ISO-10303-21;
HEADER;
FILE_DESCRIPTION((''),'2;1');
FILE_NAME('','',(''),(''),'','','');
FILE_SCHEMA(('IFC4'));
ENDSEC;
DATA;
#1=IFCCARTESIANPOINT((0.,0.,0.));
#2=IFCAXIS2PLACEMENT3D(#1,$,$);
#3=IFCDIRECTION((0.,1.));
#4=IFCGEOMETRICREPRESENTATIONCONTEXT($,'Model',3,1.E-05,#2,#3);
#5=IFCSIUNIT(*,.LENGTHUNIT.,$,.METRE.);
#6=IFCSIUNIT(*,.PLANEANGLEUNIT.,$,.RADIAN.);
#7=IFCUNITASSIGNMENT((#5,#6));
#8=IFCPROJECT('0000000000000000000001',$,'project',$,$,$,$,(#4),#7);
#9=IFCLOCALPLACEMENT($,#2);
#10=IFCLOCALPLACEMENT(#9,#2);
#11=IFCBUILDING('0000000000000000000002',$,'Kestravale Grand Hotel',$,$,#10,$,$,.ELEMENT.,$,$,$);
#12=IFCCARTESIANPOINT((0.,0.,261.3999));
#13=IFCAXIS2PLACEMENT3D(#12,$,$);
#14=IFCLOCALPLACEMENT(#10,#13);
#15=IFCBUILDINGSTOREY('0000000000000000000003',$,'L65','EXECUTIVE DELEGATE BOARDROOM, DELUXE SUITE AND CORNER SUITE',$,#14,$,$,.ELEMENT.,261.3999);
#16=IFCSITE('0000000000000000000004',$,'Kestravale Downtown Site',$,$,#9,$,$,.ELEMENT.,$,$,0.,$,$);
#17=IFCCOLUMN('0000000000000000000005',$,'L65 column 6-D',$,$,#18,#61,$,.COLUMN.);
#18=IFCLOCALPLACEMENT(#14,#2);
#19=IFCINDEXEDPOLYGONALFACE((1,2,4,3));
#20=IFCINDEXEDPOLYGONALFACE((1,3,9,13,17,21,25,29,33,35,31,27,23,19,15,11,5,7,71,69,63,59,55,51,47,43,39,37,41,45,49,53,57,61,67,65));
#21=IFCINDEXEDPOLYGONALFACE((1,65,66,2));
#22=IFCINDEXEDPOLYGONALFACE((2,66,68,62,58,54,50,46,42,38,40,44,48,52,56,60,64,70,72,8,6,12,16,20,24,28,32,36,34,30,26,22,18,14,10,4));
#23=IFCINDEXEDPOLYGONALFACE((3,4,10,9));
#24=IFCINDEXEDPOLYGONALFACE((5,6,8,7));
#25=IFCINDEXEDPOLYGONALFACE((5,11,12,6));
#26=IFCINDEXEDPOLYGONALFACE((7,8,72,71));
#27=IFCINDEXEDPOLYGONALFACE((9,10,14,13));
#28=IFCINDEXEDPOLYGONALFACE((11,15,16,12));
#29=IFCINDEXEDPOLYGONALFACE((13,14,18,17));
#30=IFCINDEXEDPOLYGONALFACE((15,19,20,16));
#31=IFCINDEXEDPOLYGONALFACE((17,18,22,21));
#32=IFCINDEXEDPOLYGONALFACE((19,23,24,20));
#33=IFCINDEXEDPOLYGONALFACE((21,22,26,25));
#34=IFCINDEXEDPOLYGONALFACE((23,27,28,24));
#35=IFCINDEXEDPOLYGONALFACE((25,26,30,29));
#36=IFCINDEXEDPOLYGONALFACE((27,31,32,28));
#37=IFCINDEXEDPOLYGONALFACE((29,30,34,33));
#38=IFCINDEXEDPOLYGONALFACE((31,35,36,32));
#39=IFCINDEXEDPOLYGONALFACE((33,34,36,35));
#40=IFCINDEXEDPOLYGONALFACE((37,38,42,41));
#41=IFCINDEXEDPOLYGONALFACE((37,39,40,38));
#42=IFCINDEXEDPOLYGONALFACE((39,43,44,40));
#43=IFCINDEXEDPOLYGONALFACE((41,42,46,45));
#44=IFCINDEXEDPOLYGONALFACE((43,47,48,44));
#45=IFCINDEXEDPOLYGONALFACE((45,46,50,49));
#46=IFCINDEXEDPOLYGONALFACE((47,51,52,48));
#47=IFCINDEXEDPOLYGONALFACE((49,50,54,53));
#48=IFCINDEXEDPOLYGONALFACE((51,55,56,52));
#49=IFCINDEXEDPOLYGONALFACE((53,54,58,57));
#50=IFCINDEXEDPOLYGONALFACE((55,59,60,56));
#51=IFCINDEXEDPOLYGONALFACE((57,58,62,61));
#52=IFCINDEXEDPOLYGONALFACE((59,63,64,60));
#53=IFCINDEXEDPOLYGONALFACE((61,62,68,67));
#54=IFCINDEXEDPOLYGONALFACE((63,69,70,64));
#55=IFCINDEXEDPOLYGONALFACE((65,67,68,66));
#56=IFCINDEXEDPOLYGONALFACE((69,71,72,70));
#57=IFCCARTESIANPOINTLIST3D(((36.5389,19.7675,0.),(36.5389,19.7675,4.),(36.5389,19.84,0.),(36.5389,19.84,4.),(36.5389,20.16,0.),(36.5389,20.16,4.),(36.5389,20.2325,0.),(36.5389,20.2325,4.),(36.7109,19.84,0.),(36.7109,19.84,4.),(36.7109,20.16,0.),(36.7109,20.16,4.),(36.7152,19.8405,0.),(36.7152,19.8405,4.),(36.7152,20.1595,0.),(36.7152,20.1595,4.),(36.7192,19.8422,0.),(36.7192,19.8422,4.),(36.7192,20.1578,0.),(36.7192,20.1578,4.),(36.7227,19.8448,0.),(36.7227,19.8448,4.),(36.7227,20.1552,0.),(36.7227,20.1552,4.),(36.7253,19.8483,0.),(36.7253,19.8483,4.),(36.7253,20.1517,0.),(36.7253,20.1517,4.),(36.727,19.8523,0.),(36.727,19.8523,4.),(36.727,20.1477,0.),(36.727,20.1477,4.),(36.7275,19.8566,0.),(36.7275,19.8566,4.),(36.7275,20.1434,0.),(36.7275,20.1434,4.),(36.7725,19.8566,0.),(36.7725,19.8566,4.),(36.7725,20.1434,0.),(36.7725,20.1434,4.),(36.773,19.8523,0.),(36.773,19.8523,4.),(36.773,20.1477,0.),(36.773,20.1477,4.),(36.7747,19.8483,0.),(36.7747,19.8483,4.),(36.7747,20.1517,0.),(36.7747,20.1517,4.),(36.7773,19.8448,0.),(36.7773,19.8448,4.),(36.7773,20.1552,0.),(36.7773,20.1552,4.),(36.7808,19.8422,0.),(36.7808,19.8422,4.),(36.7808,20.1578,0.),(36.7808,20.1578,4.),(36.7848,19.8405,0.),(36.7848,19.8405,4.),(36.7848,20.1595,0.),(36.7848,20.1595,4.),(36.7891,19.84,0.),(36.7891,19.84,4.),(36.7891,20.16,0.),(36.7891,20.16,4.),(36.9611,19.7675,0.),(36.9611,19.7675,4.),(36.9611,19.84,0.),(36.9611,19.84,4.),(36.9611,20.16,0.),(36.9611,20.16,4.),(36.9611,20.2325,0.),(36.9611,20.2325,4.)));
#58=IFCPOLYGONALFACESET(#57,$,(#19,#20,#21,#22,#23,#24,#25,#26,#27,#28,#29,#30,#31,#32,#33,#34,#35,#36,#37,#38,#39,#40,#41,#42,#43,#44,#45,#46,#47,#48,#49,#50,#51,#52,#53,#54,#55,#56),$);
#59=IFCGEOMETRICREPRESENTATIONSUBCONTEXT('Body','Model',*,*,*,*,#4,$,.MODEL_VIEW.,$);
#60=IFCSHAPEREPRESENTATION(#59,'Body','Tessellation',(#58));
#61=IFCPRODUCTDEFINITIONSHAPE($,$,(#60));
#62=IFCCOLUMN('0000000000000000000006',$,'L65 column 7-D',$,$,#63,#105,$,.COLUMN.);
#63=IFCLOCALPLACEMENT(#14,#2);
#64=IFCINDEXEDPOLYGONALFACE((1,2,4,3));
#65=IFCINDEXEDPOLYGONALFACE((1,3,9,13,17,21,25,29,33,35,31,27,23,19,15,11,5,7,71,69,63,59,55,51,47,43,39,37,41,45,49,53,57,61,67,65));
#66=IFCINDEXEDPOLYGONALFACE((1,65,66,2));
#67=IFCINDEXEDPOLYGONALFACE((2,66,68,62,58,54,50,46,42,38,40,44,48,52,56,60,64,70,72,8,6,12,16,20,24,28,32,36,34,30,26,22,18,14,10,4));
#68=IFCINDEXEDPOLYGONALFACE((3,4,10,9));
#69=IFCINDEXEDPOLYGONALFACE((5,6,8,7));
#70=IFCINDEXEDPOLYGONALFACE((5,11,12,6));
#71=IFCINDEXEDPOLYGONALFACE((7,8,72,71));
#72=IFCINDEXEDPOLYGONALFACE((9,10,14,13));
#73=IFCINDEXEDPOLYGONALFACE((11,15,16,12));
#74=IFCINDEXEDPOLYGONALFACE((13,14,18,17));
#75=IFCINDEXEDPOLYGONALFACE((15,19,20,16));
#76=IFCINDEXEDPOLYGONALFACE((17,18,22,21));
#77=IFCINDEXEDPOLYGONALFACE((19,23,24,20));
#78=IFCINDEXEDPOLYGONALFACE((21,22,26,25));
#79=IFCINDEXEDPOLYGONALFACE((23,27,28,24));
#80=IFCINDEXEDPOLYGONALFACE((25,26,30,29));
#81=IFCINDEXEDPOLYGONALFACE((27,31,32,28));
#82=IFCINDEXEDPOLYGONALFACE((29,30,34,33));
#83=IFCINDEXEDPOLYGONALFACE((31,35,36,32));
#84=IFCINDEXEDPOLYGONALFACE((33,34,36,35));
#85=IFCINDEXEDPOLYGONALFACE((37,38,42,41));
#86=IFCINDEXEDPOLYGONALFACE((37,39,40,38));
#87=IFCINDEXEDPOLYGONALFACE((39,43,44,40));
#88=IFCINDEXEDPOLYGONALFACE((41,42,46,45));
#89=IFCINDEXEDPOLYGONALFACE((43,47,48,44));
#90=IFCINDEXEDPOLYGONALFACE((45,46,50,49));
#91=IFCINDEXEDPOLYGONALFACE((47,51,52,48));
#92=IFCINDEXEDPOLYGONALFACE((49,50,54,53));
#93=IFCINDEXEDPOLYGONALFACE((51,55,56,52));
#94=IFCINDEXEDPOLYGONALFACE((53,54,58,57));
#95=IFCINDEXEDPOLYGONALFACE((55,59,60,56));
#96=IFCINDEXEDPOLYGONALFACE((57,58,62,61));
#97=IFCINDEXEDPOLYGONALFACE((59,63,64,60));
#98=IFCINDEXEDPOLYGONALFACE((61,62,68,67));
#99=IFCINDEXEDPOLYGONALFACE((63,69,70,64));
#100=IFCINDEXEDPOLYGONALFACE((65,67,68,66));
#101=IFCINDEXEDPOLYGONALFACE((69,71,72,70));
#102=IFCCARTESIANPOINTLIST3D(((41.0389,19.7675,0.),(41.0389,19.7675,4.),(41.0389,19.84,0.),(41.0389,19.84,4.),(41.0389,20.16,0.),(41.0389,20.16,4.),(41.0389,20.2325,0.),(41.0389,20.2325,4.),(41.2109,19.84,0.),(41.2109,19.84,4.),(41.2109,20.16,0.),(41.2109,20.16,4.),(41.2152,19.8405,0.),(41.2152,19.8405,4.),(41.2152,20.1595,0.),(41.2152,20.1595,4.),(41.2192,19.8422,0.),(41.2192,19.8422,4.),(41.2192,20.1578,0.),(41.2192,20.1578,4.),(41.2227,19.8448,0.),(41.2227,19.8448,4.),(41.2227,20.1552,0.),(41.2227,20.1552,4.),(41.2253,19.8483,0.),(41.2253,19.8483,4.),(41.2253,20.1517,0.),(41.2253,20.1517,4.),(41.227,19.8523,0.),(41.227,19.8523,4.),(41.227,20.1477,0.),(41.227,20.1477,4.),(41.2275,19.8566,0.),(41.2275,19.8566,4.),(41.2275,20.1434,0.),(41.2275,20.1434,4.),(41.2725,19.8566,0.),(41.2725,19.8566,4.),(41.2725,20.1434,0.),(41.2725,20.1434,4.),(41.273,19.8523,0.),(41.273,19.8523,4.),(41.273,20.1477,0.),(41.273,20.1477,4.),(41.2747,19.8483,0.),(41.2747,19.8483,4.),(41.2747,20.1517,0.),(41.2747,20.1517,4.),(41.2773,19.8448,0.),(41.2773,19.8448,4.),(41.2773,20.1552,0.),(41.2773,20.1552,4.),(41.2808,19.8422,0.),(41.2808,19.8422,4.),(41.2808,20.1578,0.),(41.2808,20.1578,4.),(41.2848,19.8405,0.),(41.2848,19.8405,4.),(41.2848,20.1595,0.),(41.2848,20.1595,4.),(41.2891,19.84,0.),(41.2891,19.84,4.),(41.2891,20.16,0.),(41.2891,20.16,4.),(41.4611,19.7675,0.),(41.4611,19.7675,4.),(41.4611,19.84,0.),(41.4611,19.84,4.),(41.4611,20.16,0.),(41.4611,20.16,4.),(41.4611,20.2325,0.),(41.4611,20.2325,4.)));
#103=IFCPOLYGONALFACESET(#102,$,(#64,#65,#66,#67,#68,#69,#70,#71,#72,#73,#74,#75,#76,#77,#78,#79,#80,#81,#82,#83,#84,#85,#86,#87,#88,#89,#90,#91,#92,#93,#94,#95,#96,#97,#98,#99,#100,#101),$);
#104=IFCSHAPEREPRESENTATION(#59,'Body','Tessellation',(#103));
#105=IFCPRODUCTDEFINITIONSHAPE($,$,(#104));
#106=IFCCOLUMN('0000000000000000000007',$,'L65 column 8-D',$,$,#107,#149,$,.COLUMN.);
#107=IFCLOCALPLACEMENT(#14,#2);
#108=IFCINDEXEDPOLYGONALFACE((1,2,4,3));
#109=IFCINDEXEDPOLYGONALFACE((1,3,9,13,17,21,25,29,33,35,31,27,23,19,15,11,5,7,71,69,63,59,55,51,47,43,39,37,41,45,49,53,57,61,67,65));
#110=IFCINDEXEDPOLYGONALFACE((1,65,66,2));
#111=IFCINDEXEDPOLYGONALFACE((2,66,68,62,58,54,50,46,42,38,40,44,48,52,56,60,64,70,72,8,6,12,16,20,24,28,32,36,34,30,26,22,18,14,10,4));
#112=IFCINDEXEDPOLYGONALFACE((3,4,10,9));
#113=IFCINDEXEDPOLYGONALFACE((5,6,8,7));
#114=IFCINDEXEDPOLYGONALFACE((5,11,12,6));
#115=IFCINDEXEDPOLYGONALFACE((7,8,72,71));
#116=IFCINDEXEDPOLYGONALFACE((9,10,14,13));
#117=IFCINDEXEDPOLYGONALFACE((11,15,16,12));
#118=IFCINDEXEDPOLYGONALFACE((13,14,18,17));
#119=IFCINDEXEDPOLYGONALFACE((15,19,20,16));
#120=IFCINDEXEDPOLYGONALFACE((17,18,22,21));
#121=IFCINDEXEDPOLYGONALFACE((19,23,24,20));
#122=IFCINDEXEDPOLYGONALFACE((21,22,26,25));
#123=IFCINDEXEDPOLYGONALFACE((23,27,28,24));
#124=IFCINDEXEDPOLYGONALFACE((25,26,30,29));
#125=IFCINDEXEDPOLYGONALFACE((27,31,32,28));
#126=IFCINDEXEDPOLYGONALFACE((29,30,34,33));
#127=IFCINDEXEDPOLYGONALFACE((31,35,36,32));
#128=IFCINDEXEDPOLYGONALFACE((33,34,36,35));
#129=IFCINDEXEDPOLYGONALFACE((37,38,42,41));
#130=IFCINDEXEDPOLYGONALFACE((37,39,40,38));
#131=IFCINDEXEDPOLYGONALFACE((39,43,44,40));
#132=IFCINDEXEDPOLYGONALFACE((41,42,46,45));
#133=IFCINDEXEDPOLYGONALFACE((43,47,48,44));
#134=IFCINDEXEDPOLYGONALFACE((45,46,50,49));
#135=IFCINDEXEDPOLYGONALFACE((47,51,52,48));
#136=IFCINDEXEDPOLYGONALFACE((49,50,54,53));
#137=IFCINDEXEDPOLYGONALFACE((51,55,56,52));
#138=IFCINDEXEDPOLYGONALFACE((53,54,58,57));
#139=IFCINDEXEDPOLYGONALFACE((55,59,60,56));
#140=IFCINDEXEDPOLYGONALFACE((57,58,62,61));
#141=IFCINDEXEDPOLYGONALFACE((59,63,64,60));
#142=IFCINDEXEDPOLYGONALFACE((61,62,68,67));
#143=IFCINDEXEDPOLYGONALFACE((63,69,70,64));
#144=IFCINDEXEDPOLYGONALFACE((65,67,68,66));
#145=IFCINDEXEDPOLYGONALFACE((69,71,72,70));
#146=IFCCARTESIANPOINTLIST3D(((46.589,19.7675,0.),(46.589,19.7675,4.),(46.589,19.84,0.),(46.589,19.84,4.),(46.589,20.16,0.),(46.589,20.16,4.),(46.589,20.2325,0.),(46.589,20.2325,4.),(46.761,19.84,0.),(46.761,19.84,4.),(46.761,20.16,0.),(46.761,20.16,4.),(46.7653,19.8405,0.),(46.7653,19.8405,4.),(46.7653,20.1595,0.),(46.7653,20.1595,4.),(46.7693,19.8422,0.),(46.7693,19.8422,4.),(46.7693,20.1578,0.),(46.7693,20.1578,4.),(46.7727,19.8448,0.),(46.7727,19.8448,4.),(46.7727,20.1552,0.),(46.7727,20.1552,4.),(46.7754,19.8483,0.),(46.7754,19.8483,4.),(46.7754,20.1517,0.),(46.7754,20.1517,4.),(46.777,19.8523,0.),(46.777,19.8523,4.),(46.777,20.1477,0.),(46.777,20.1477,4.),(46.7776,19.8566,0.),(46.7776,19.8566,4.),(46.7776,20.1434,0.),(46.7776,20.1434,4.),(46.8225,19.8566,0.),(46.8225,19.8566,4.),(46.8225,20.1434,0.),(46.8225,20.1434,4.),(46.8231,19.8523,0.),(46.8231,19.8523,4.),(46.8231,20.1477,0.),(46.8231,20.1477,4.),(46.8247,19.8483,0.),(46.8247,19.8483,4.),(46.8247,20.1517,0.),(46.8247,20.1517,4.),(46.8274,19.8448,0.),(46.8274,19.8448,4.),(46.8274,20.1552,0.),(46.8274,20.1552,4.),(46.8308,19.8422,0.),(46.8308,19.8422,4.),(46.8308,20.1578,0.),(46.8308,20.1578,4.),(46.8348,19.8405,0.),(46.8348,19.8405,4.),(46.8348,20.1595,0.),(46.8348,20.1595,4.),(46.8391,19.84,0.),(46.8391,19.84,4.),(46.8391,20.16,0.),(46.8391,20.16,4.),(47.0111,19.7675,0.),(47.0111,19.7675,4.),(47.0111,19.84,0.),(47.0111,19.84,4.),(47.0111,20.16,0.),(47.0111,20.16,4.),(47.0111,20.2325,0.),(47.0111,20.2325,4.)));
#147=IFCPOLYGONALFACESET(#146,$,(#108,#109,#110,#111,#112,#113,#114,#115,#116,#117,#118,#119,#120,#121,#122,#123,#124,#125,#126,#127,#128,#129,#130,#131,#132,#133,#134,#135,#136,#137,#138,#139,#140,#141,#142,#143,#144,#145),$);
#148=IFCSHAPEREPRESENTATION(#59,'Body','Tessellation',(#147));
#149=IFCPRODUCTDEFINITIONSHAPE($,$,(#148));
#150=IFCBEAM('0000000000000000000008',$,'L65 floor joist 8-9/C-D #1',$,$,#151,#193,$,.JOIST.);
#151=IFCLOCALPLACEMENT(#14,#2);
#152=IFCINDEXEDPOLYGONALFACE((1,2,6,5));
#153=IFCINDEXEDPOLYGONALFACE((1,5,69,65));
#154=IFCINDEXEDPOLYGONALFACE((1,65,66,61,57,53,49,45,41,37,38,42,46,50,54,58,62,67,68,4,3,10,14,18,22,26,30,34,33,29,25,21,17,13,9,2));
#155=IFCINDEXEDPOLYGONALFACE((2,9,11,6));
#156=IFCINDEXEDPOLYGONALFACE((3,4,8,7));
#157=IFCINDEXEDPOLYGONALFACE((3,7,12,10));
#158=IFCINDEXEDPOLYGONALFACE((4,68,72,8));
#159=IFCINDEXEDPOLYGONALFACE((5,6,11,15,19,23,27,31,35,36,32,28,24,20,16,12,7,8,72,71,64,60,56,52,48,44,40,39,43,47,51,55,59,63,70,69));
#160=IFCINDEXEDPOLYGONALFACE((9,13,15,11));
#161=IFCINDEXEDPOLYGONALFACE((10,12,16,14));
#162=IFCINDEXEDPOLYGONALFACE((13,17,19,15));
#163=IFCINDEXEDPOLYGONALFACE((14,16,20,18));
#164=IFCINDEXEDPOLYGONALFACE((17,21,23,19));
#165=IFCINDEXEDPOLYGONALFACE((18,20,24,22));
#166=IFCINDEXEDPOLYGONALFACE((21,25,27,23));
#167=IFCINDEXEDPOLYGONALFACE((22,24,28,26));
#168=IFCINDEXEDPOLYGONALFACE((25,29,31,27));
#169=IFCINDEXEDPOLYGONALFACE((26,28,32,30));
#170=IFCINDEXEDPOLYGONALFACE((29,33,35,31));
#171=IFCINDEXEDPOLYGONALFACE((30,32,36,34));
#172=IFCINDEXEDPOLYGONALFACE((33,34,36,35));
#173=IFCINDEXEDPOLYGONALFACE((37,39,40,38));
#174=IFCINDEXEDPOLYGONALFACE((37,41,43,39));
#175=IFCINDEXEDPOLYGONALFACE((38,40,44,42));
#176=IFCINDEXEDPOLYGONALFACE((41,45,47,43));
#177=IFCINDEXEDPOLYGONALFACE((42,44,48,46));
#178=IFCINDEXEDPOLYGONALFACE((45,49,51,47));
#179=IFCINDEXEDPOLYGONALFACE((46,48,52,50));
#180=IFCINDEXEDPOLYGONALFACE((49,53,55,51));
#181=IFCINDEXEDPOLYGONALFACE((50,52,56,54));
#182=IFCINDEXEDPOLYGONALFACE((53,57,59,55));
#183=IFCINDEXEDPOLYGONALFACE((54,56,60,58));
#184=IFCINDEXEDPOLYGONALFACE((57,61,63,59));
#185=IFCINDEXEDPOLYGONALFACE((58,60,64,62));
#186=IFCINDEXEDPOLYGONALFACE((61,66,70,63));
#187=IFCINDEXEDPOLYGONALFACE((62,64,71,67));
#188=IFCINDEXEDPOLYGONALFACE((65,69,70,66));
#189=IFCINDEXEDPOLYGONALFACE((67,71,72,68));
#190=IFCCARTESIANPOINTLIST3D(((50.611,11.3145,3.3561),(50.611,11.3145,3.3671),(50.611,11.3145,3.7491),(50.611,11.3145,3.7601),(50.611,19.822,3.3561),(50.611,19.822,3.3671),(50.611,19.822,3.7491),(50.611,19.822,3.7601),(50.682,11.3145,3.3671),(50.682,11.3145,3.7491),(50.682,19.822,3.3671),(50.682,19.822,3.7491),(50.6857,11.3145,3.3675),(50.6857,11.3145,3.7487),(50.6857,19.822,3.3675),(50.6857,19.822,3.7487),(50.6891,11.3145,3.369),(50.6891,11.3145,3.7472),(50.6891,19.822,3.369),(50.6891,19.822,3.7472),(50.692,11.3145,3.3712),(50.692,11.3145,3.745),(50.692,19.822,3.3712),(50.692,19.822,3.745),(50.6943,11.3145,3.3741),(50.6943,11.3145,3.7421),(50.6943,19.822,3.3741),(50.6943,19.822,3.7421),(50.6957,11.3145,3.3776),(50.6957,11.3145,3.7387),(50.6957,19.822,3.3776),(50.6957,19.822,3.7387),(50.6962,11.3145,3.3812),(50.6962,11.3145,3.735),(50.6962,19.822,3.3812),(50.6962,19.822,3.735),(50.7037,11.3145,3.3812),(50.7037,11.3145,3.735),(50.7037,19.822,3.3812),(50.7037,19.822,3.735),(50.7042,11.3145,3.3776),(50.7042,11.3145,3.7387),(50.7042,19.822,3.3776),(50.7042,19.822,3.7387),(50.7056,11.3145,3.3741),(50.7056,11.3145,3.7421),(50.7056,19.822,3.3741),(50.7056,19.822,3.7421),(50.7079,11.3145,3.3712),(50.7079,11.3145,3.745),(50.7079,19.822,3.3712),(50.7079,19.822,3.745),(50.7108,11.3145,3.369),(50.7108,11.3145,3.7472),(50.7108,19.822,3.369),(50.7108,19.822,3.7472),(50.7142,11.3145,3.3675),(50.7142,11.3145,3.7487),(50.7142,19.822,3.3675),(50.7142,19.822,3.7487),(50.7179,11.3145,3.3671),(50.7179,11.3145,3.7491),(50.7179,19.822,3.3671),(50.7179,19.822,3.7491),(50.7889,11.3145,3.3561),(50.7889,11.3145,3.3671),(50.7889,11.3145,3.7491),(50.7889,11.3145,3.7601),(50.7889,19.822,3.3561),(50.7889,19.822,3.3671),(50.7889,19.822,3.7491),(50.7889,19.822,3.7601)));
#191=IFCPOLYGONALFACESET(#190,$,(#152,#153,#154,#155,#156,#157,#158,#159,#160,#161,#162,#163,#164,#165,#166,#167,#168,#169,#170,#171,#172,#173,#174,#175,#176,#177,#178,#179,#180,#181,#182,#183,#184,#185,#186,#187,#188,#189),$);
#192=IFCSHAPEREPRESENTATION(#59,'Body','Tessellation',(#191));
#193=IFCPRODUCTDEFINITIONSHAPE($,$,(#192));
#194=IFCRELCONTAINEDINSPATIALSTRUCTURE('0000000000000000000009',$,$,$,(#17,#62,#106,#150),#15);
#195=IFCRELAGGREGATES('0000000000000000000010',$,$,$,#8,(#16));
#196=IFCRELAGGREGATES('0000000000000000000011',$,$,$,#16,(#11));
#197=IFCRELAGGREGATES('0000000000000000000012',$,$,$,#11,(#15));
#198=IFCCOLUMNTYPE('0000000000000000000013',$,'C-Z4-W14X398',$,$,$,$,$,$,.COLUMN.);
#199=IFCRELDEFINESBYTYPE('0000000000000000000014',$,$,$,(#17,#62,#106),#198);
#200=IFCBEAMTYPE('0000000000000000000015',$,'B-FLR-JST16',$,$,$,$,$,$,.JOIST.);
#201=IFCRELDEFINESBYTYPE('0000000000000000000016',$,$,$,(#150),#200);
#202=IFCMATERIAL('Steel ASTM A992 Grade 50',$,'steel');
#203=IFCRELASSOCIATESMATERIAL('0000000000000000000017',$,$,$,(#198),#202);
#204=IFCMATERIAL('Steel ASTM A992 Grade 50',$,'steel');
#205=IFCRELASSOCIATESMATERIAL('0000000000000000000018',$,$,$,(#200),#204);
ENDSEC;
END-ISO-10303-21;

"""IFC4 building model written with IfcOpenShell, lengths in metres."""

from ifc_helpers import new_model, si_unit, direction, frame, origin, origin_2d, place, context, subcontext, project, spatial, i_section, extrude, material, material_profile, profile_set, type_object, element, save


model = new_model("IFC4")

# Units and contexts
model_context = context("Model", 3, precision=1e-05, world=origin(), true_north=direction((0.0, 1.0)))
body_context = subcontext(model_context, "Body", "Model", "MODEL_VIEW")
ifc_project = project(units=[si_unit("LENGTHUNIT", "METRE"), si_unit("PLANEANGLEUNIT", "RADIAN")], contexts=[model_context])

# Site, building, storey
site_placement = place(None, origin())
site = spatial("IfcSite", under=ifc_project, at=site_placement, Name="Kestravale Downtown Site", CompositionType="ELEMENT", RefElevation=0.0)
building_placement = place(site_placement, origin())
building = spatial("IfcBuilding", under=site, at=building_placement, Name="Kestravale Grand Hotel", CompositionType="ELEMENT")
storey_placement = place(building_placement, frame((0.0, 0.0, 261.3999)))
storey = spatial("IfcBuildingStorey", under=building, at=storey_placement, Name="L65", Description="EXECUTIVE DELEGATE BOARDROOM, DELUXE SUITE AND CORNER SUITE", CompositionType="ELEMENT", Elevation=261.3999)

# Columns
ifc_material_1 = material(Name="Steel ASTM A992 Grade 50", Category="steel")
ifc_material_profile_1 = material_profile(ifc_material_1, i_section(OverallWidth=0.4221, OverallDepth=0.4651, WebThickness=0.0449, FlangeThickness=0.0725, FilletRadius=0.0166, at=origin_2d()))
ifc_profile_set_1 = profile_set([ifc_material_profile_1], Name="Steel ASTM A992 Grade 50")
column_type = type_object("IfcColumnType", Name="C-Z4-W14X398", PredefinedType="COLUMN", material=ifc_profile_set_1)
for number, where, z_axis, x_axis, name in (
    (1, (36.75, 20.0, 0.0), (0.0, 0.0, 1.0), (1.0, 0.0, 0.0), "L65 column 6-D"),
    (2, (41.25, 20.0, 0.0), (0.0, 0.0, 1.0), (1.0, 0.0, 0.0), "L65 column 7-D"),
    (3, (46.8, 20.0, 0.0), (0.0, 0.0, 1.0), (1.0, 0.0, 0.0), "L65 column 8-D"),
):
    element("IfcColumn", number, at=place(storey_placement, frame(where, z_axis=z_axis, x_axis=x_axis)), inside=storey, type_object=column_type, Name=name, PredefinedType="COLUMN", context=body_context, shape_type="SweptSolid", body=[
        extrude(i_section(OverallWidth=0.4221, OverallDepth=0.4651, WebThickness=0.0449, FlangeThickness=0.0725, FilletRadius=0.0166, at=origin_2d()), origin(), (0.0, 0.0, 1.0), 4.0),
    ])

# Beam
ifc_material_2 = material(Name="Steel ASTM A992 Grade 50", Category="steel")
ifc_material_profile_2 = material_profile(ifc_material_2, i_section(OverallWidth=0.178, OverallDepth=0.4041, WebThickness=0.0076, FlangeThickness=0.011, FilletRadius=0.0142, at=origin_2d()))
ifc_profile_set_2 = profile_set([ifc_material_profile_2], Name="Steel ASTM A992 Grade 50")
beam_type_1 = type_object("IfcBeamType", Name="B-FLR-JST16", PredefinedType="JOIST", material=ifc_profile_set_2)
beam_1_placement = place(storey_placement, frame((50.7, 11.3145, 3.5581), z_axis=(0.0, 1.0, 0.0), x_axis=(-1.0, 0.0, 0.0)))
element("IfcBeam", 4, at=beam_1_placement, inside=storey, type_object=beam_type_1, Name="L65 floor joist 8-9/C-D #1", PredefinedType="JOIST", context=body_context, shape_type="SweptSolid", body=[
    extrude(i_section(OverallWidth=0.178, OverallDepth=0.4041, WebThickness=0.0076, FlangeThickness=0.011, FilletRadius=0.0142, at=origin_2d()), origin(), (0.0, 0.0, 1.0), 8.5076),
])

save(model, "model.ifc")
